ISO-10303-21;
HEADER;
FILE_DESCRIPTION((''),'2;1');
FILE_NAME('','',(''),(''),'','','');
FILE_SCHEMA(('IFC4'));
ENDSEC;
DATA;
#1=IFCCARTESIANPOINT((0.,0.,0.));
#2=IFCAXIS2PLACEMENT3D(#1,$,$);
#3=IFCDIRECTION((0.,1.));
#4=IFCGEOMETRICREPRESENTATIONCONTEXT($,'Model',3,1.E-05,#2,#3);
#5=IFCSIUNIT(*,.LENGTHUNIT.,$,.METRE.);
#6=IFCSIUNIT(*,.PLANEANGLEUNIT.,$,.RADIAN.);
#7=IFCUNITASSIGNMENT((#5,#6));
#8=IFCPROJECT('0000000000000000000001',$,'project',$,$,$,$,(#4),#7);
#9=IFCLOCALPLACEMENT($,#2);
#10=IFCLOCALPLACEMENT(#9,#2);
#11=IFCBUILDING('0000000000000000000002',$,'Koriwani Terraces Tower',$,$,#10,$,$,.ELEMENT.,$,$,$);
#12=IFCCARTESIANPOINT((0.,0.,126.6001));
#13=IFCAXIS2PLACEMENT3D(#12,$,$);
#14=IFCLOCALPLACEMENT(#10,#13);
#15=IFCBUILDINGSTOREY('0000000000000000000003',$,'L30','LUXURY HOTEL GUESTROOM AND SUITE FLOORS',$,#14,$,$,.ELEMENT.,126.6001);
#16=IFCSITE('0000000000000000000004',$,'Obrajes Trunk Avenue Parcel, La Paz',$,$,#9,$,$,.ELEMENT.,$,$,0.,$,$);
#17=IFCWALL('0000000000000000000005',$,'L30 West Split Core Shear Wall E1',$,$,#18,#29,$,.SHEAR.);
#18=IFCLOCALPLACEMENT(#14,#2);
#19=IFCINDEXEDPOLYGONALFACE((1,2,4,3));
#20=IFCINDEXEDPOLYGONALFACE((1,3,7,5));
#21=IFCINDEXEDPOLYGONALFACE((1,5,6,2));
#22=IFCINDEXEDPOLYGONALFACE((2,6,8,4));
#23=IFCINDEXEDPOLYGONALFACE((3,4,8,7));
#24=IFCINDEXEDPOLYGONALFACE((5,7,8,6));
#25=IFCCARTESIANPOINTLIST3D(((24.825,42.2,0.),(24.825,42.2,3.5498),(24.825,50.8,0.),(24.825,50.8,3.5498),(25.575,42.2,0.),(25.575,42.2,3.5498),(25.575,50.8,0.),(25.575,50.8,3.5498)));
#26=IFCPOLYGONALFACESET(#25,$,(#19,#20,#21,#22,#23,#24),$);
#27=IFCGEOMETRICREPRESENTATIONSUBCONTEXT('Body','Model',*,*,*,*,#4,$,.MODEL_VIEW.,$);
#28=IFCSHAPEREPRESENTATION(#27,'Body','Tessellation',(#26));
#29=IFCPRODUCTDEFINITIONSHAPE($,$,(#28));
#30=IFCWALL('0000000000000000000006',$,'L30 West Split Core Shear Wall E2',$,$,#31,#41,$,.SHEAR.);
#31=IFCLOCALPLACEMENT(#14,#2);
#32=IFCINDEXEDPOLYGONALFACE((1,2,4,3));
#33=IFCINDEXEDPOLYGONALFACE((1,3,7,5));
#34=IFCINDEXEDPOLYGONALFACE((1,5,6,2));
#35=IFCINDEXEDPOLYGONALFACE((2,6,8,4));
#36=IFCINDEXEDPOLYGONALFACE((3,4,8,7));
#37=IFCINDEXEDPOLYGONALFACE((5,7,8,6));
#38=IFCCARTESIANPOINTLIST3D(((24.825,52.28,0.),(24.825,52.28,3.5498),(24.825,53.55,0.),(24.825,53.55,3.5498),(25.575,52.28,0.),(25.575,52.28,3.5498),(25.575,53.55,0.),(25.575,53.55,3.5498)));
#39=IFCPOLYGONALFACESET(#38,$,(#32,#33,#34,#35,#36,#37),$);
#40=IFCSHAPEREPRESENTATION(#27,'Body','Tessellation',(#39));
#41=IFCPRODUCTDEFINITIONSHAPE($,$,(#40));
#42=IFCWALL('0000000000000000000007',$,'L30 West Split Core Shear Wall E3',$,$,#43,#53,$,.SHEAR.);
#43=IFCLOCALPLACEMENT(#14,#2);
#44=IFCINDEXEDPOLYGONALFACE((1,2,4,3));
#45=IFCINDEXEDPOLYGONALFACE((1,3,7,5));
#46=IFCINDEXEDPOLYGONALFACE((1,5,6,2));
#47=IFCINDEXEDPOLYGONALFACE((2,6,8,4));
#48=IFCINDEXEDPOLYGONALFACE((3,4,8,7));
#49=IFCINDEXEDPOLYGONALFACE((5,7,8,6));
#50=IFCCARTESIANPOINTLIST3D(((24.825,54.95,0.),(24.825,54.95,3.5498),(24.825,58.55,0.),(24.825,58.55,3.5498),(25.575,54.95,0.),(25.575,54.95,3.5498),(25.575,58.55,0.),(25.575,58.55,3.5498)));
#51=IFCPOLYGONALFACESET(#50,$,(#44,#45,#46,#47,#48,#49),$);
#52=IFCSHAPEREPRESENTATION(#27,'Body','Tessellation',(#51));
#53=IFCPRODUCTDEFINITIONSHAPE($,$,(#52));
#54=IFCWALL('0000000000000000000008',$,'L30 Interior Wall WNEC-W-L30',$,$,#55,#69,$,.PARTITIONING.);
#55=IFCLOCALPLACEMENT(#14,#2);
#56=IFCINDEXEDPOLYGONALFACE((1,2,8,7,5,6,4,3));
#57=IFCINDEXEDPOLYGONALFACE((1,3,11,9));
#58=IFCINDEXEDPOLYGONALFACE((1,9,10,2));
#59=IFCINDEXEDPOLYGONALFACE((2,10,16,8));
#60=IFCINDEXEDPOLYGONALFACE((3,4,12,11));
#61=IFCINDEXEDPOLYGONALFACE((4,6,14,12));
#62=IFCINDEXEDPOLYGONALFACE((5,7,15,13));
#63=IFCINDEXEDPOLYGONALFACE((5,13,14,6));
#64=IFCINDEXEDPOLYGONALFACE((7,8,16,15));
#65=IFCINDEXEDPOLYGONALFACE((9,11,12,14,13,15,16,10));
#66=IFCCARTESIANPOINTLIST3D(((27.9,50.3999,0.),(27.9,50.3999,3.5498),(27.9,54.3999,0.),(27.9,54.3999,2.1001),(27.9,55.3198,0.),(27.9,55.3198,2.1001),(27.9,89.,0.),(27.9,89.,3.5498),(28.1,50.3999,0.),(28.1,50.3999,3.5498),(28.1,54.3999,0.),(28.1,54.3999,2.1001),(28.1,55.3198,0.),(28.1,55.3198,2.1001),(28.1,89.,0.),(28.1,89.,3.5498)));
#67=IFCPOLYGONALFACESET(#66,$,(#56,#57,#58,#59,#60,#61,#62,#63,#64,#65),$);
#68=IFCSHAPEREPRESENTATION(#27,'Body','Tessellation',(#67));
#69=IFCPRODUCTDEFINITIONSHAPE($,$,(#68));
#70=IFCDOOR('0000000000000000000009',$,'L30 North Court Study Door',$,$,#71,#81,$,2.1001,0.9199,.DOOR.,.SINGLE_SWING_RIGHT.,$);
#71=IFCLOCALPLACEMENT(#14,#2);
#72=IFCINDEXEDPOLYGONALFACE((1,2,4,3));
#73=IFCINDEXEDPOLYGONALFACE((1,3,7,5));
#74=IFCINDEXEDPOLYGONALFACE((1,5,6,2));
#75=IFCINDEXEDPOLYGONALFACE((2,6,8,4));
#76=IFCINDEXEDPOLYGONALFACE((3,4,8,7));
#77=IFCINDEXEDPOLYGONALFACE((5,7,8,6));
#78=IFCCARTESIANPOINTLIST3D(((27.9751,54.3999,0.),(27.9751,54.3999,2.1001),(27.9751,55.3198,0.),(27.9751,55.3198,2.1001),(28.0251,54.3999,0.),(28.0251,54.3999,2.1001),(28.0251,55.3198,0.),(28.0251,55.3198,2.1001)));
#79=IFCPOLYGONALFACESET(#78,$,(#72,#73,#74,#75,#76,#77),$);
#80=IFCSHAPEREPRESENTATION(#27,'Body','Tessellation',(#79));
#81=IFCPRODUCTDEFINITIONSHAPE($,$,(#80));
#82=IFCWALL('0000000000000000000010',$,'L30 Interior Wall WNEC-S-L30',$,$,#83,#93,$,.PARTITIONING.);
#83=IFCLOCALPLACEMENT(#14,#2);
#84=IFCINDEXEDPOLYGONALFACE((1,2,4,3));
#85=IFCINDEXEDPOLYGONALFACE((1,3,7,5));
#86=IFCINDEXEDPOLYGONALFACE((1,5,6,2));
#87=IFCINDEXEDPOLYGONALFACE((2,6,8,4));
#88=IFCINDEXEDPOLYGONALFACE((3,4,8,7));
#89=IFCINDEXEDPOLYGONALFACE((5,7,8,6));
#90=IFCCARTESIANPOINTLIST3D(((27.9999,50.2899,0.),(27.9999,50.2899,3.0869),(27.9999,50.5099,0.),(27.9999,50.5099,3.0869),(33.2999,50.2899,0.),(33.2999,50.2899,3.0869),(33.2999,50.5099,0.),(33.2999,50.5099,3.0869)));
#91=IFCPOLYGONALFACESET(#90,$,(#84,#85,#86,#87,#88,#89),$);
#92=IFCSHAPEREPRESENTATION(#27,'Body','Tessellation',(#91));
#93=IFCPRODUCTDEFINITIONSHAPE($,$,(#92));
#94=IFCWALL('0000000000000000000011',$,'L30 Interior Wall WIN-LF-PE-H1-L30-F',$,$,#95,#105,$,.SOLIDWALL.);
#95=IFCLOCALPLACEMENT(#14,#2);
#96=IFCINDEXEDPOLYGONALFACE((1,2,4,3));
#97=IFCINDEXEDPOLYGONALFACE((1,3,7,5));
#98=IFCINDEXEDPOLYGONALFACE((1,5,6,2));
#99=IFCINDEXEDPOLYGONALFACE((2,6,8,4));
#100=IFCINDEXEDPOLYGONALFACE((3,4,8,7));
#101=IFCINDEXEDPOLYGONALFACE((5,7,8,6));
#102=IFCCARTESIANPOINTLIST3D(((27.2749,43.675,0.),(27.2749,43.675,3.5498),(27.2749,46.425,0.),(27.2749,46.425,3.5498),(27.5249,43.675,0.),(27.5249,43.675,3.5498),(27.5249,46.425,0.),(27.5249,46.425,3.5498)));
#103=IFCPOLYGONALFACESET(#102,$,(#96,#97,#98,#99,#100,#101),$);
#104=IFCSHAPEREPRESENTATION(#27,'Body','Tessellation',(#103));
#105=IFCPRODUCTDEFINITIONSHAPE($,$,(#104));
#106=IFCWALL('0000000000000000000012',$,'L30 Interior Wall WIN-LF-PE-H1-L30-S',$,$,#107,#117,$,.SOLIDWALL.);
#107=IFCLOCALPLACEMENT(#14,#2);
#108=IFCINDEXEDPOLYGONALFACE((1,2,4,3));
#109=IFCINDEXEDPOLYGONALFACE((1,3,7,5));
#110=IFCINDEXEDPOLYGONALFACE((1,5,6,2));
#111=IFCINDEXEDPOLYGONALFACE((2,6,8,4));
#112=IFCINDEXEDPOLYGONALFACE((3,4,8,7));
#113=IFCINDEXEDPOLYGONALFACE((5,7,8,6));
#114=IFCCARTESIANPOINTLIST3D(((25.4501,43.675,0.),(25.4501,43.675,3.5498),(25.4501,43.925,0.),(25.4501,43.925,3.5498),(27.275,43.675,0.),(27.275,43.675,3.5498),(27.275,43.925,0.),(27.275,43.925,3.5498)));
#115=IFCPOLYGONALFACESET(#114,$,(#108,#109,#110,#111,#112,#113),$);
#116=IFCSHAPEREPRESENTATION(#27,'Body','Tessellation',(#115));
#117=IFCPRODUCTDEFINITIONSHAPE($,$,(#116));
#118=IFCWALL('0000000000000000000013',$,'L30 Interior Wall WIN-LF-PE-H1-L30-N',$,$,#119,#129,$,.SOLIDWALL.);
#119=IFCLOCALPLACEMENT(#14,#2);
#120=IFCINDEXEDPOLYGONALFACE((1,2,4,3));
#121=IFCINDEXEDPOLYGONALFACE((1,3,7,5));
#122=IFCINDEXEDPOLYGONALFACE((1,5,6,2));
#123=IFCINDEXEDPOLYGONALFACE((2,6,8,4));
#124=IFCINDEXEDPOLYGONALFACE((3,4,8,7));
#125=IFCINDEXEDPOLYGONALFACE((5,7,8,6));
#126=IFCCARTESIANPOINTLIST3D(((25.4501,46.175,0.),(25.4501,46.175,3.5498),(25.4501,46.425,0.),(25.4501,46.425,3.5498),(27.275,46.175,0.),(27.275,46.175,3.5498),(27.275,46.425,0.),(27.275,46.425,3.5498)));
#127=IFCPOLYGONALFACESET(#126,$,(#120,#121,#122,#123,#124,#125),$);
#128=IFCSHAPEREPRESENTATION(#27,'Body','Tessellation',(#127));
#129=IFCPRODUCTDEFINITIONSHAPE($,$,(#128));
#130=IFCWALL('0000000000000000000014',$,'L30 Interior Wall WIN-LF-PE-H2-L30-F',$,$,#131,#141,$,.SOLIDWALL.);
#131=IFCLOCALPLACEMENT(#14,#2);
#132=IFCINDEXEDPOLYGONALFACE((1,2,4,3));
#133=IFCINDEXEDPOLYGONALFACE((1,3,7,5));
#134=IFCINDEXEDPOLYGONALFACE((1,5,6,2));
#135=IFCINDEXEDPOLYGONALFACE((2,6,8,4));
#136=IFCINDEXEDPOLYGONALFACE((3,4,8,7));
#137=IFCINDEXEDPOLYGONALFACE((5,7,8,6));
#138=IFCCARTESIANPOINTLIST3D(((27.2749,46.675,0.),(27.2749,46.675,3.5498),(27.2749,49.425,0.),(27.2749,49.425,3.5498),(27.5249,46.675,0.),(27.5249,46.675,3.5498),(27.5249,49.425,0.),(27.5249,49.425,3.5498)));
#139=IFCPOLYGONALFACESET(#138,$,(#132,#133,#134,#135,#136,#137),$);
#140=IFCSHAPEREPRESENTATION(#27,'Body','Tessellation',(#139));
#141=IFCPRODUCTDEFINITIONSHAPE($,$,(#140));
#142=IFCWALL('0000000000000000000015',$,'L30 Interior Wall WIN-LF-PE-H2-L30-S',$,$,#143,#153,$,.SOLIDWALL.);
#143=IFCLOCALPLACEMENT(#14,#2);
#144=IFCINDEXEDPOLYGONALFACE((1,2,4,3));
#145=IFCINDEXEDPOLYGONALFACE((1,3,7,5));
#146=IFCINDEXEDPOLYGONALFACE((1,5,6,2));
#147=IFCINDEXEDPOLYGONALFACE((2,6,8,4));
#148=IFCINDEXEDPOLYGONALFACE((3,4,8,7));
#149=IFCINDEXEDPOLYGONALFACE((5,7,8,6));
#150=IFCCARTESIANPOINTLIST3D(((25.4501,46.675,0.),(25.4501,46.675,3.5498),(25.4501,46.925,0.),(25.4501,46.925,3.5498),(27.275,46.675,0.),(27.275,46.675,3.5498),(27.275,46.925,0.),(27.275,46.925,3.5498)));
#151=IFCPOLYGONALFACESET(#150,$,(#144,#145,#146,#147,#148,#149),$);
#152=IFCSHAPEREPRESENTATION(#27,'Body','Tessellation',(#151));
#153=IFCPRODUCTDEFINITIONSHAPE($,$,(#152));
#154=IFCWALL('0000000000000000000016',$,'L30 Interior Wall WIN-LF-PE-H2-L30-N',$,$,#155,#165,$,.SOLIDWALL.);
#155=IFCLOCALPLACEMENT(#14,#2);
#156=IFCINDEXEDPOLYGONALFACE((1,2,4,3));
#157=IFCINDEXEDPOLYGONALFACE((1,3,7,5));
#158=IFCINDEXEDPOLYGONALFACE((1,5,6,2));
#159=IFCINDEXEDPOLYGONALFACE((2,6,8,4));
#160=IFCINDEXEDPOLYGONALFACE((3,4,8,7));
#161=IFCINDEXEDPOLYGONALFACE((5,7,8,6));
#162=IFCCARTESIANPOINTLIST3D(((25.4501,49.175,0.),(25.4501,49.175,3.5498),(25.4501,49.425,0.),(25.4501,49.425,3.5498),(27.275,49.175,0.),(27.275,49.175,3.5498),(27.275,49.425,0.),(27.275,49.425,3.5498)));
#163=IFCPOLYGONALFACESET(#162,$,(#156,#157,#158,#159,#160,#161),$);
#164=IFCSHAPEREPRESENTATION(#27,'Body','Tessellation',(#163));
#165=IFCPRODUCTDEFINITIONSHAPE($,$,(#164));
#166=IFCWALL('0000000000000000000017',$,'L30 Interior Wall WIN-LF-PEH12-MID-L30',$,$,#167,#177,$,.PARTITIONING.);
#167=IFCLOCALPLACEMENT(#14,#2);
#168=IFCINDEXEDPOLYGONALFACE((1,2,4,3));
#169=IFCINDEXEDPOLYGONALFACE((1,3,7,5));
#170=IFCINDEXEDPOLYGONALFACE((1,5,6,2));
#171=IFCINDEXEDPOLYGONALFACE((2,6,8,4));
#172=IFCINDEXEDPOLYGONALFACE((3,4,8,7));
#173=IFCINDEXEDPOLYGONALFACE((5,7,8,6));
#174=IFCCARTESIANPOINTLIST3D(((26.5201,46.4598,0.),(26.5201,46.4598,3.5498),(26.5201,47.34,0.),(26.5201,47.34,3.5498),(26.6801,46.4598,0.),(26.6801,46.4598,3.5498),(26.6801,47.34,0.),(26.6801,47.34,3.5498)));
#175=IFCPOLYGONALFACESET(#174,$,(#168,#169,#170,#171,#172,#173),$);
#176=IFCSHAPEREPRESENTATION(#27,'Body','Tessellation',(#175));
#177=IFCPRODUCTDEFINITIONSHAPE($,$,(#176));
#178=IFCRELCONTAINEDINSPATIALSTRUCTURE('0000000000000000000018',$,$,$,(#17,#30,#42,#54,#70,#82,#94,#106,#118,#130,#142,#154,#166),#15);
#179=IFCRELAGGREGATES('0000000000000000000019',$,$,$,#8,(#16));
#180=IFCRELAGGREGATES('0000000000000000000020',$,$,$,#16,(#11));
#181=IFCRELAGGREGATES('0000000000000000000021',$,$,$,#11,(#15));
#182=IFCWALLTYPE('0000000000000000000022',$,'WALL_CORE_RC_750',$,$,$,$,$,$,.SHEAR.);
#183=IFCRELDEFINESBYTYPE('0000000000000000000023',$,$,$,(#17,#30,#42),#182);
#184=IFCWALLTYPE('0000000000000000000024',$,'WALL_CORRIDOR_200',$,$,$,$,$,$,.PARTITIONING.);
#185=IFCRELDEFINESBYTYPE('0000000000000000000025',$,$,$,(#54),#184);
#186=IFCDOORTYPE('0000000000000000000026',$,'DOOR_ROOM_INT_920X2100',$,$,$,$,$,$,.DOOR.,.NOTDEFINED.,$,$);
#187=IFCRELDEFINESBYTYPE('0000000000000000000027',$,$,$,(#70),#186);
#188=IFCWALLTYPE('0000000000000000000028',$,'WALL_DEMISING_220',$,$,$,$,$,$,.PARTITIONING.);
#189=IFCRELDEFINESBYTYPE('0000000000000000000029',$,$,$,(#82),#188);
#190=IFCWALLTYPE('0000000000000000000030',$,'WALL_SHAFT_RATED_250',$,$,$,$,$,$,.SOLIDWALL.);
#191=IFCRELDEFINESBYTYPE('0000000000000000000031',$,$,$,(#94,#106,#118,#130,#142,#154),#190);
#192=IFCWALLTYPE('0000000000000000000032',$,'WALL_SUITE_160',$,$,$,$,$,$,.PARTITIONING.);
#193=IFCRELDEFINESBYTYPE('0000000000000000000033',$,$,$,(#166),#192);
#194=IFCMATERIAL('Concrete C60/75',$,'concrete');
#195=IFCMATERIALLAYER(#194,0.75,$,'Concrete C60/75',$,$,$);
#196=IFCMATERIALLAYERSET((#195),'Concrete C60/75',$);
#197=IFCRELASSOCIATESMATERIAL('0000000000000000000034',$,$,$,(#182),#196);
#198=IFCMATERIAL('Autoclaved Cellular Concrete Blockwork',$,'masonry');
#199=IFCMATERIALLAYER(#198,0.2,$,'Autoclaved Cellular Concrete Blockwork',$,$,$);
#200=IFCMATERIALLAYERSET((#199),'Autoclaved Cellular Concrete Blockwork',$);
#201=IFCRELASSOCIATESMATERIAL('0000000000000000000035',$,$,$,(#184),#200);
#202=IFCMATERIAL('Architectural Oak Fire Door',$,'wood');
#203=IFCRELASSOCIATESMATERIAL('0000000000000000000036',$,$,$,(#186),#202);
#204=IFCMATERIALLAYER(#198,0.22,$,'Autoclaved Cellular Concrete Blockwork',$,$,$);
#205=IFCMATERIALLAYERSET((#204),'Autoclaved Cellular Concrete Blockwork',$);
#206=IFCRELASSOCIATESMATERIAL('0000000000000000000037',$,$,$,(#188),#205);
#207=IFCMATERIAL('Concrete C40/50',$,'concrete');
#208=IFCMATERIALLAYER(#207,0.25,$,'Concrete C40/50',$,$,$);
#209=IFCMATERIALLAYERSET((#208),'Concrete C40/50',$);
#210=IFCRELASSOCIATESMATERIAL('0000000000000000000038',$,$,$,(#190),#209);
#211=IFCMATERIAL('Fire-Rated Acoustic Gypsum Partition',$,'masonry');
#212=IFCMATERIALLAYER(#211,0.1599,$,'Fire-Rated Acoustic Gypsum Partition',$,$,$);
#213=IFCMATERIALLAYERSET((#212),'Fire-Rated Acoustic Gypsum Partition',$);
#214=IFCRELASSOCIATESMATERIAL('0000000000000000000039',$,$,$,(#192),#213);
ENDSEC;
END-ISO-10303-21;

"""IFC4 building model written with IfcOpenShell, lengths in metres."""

from ifc_helpers import new_model, si_unit, direction, frame, frame_2d, origin, place, context, subcontext, project, spatial, rectangle, extrude, material, layer, layer_set, type_object, element, fill, save


model = new_model("IFC4")

# Units and contexts
model_context = context("Model", 3, precision=1e-05, world=origin(), true_north=direction((0.0, 1.0)))
body_context = subcontext(model_context, "Body", "Model", "MODEL_VIEW")
ifc_project = project(units=[si_unit("LENGTHUNIT", "METRE"), si_unit("PLANEANGLEUNIT", "RADIAN")], contexts=[model_context])

# Site, building, storey
site_placement = place(None, origin())
site = spatial("IfcSite", under=ifc_project, at=site_placement, Name="Obrajes Trunk Avenue Parcel, La Paz", CompositionType="ELEMENT", RefElevation=0.0)
building_placement = place(site_placement, origin())
building = spatial("IfcBuilding", under=site, at=building_placement, Name="Koriwani Terraces Tower", CompositionType="ELEMENT")
storey_placement = place(building_placement, frame((0.0, 0.0, 126.6001)))
storey = spatial("IfcBuildingStorey", under=building, at=storey_placement, Name="L30", Description="LUXURY HOTEL GUESTROOM AND SUITE FLOORS", CompositionType="ELEMENT", Elevation=126.6001)

# Shared definitions
ifc_material_1 = material(Name="Concrete C60/75", Category="concrete")

# Shared definitions
ifc_material_2 = material(Name="Concrete C40/50", Category="concrete")

# Walls
ifc_layer_1 = layer(ifc_material_1, 0.75, Name="Concrete C60/75")
ifc_layer_set_1 = layer_set([ifc_layer_1], Name="Concrete C60/75")
wall_type_1 = type_object("IfcWallType", Name="WALL_CORE_RC_750", PredefinedType="SHEAR", material=ifc_layer_set_1)
wall_1_placement = place(storey_placement, frame((25.2, 42.2, 0.0), z_axis=(0.0, 0.0, 1.0), x_axis=(0.0, 1.0, 0.0)))
element("IfcWall", 1, at=wall_1_placement, inside=storey, type_object=wall_type_1, Name="L30 West Split Core Shear Wall E1", PredefinedType="SHEAR", context=body_context, shape_type="SweptSolid", body=[
    extrude(rectangle(XDim=8.6001, YDim=0.75, at=frame_2d((4.3, 0.0))), origin(), (0.0, 0.0, 1.0), 3.5498),
])
wall_2_placement = place(storey_placement, frame((25.2, 52.28, 0.0), z_axis=(0.0, 0.0, 1.0), x_axis=(0.0, 1.0, 0.0)))
element("IfcWall", 2, at=wall_2_placement, inside=storey, type_object=wall_type_1, Name="L30 West Split Core Shear Wall E2", PredefinedType="SHEAR", context=body_context, shape_type="SweptSolid", body=[
    extrude(rectangle(XDim=1.27, YDim=0.75, at=frame_2d((0.635, 0.0))), origin(), (0.0, 0.0, 1.0), 3.5498),
])
wall_3_placement = place(storey_placement, frame((25.2, 54.95, 0.0), z_axis=(0.0, 0.0, 1.0), x_axis=(0.0, 1.0, 0.0)))
element("IfcWall", 3, at=wall_3_placement, inside=storey, type_object=wall_type_1, Name="L30 West Split Core Shear Wall E3", PredefinedType="SHEAR", context=body_context, shape_type="SweptSolid", body=[
    extrude(rectangle(XDim=3.6001, YDim=0.75, at=frame_2d((1.8, 0.0))), origin(), (0.0, 0.0, 1.0), 3.5498),
])

# Wall, opening, door
ifc_material_3 = material(Name="Autoclaved Cellular Concrete Blockwork", Category="masonry")
ifc_layer_2 = layer(ifc_material_3, 0.2, Name="Autoclaved Cellular Concrete Blockwork")
ifc_layer_set_2 = layer_set([ifc_layer_2], Name="Autoclaved Cellular Concrete Blockwork")
wall_type_2 = type_object("IfcWallType", Name="WALL_CORRIDOR_200", PredefinedType="PARTITIONING", material=ifc_layer_set_2)
wall_4_placement = place(storey_placement, frame((28.0, 50.3999, 0.0), z_axis=(0.0, 0.0, 1.0), x_axis=(0.0, 1.0, 0.0)))
wall_4 = element("IfcWall", 4, at=wall_4_placement, inside=storey, type_object=wall_type_2, Name="L30 Interior Wall WNEC-W-L30", PredefinedType="PARTITIONING", context=body_context, shape_type="SweptSolid", body=[
    extrude(rectangle(XDim=38.6001, YDim=0.2, at=frame_2d((19.3, 0.0))), origin(), (0.0, 0.0, 1.0), 3.5498),
])
opening_1_placement = place(wall_4_placement, frame((4.0, 0.0, 0.0)))
opening_1 = element("IfcOpeningElement", 5, at=opening_1_placement, cuts=wall_4, PredefinedType="OPENING", context=body_context, shape_type="SweptSolid", body=[
    extrude(rectangle(XDim=0.9199, YDim=2.1001, at=frame_2d((0.46, 1.05))), frame((0.0, 0.1099, 0.0), z_axis=(0.0, -1.0, 0.0), x_axis=(1.0, 0.0, 0.0)), (0.0, 0.0, 1.0), 0.22),
])
ifc_material_4 = material(Name="Architectural Oak Fire Door", Category="wood")
door_type_1 = type_object("IfcDoorType", Name="DOOR_ROOM_INT_920X2100", OperationType="NOTDEFINED", PredefinedType="DOOR", material=ifc_material_4)
door_1_placement = place(opening_1_placement, origin())
door_1 = element("IfcDoor", 6, at=door_1_placement, inside=storey, type_object=door_type_1, Name="L30 North Court Study Door", OperationType="SINGLE_SWING_RIGHT", OverallHeight=2.1001, OverallWidth=0.9199, PredefinedType="DOOR", context=body_context, shape_type="SweptSolid", body=[
    extrude(rectangle(XDim=0.9199, YDim=2.1001, at=frame_2d((0.46, 1.05))), frame((0.0, 0.0249, 0.0), z_axis=(0.0, -1.0, 0.0), x_axis=(1.0, 0.0, 0.0)), (0.0, 0.0, 1.0), 0.05),
])
fill(opening_1, door_1)

# Wall
ifc_layer_3 = layer(ifc_material_3, 0.22, Name="Autoclaved Cellular Concrete Blockwork")
ifc_layer_set_3 = layer_set([ifc_layer_3], Name="Autoclaved Cellular Concrete Blockwork")
wall_type_3 = type_object("IfcWallType", Name="WALL_DEMISING_220", PredefinedType="PARTITIONING", material=ifc_layer_set_3)
wall_5_placement = place(storey_placement, frame((28.0, 50.3999, 0.0), z_axis=(0.0, 0.0, 1.0), x_axis=(1.0, 0.0, 0.0)))
element("IfcWall", 7, at=wall_5_placement, inside=storey, type_object=wall_type_3, Name="L30 Interior Wall WNEC-S-L30", PredefinedType="PARTITIONING", context=body_context, shape_type="SweptSolid", body=[
    extrude(rectangle(XDim=5.3, YDim=0.22, at=frame_2d((2.6499, 0.0))), origin(), (0.0, 0.0, 1.0), 3.0869),
])

# Shared definitions
ifc_layer_4 = layer(ifc_material_2, 0.25, Name="Concrete C40/50")
ifc_layer_set_4 = layer_set([ifc_layer_4], Name="Concrete C40/50")
wall_type_4 = type_object("IfcWallType", Name="WALL_SHAFT_RATED_250", PredefinedType="SOLIDWALL", material=ifc_layer_set_4)

# Walls
wall_6_placement = place(storey_placement, frame((27.3999, 43.675, 0.0), z_axis=(0.0, 0.0, 1.0), x_axis=(0.0, 1.0, 0.0)))
element("IfcWall", 8, at=wall_6_placement, inside=storey, type_object=wall_type_4, Name="L30 Interior Wall WIN-LF-PE-H1-L30-F", PredefinedType="SOLIDWALL", context=body_context, shape_type="SweptSolid", body=[
    extrude(rectangle(XDim=2.75, YDim=0.25, at=frame_2d((1.375, 0.0))), origin(), (0.0, 0.0, 1.0), 3.5498),
])
for number, where, z_axis, x_axis, name in (
    (9, (25.45, 43.8, 0.0), (0.0, 0.0, 1.0), (1.0, 0.0, 0.0), "L30 Interior Wall WIN-LF-PE-H1-L30-S"),
    (10, (25.45, 46.3, 0.0), (0.0, 0.0, 1.0), (1.0, 0.0, 0.0), "L30 Interior Wall WIN-LF-PE-H1-L30-N"),
):
    element("IfcWall", number, at=place(storey_placement, frame(where, z_axis=z_axis, x_axis=x_axis)), inside=storey, type_object=wall_type_4, Name=name, PredefinedType="SOLIDWALL", context=body_context, shape_type="SweptSolid", body=[
        extrude(rectangle(XDim=1.825, YDim=0.25, at=frame_2d((0.9126, 0.0))), origin(), (0.0, 0.0, 1.0), 3.5498),
    ])
wall_7_placement = place(storey_placement, frame((27.3999, 46.675, 0.0), z_axis=(0.0, 0.0, 1.0), x_axis=(0.0, 1.0, 0.0)))
element("IfcWall", 11, at=wall_7_placement, inside=storey, type_object=wall_type_4, Name="L30 Interior Wall WIN-LF-PE-H2-L30-F", PredefinedType="SOLIDWALL", context=body_context, shape_type="SweptSolid", body=[
    extrude(rectangle(XDim=2.75, YDim=0.25, at=frame_2d((1.375, 0.0))), origin(), (0.0, 0.0, 1.0), 3.5498),
])
for number, where, z_axis, x_axis, name in (
    (12, (25.45, 46.8, 0.0), (0.0, 0.0, 1.0), (1.0, 0.0, 0.0), "L30 Interior Wall WIN-LF-PE-H2-L30-S"),
    (13, (25.45, 49.3, 0.0), (0.0, 0.0, 1.0), (1.0, 0.0, 0.0), "L30 Interior Wall WIN-LF-PE-H2-L30-N"),
):
    element("IfcWall", number, at=place(storey_placement, frame(where, z_axis=z_axis, x_axis=x_axis)), inside=storey, type_object=wall_type_4, Name=name, PredefinedType="SOLIDWALL", context=body_context, shape_type="SweptSolid", body=[
        extrude(rectangle(XDim=1.825, YDim=0.25, at=frame_2d((0.9126, 0.0))), origin(), (0.0, 0.0, 1.0), 3.5498),
    ])
ifc_material_5 = material(Name="Fire-Rated Acoustic Gypsum Partition", Category="masonry")
ifc_layer_5 = layer(ifc_material_5, 0.1599, Name="Fire-Rated Acoustic Gypsum Partition")
ifc_layer_set_5 = layer_set([ifc_layer_5], Name="Fire-Rated Acoustic Gypsum Partition")
wall_type_5 = type_object("IfcWallType", Name="WALL_SUITE_160", PredefinedType="PARTITIONING", material=ifc_layer_set_5)
wall_8_placement = place(storey_placement, frame((26.6001, 46.46, 0.0), z_axis=(0.0, 0.0, 1.0), x_axis=(0.0, 1.0, 0.0)))
element("IfcWall", 14, at=wall_8_placement, inside=storey, type_object=wall_type_5, Name="L30 Interior Wall WIN-LF-PEH12-MID-L30", PredefinedType="PARTITIONING", context=body_context, shape_type="SweptSolid", body=[
    extrude(rectangle(XDim=0.8801, YDim=0.1599, at=frame_2d((0.4399, 0.0))), origin(), (0.0, 0.0, 1.0), 3.5498),
])

save(model, "model.ifc")
